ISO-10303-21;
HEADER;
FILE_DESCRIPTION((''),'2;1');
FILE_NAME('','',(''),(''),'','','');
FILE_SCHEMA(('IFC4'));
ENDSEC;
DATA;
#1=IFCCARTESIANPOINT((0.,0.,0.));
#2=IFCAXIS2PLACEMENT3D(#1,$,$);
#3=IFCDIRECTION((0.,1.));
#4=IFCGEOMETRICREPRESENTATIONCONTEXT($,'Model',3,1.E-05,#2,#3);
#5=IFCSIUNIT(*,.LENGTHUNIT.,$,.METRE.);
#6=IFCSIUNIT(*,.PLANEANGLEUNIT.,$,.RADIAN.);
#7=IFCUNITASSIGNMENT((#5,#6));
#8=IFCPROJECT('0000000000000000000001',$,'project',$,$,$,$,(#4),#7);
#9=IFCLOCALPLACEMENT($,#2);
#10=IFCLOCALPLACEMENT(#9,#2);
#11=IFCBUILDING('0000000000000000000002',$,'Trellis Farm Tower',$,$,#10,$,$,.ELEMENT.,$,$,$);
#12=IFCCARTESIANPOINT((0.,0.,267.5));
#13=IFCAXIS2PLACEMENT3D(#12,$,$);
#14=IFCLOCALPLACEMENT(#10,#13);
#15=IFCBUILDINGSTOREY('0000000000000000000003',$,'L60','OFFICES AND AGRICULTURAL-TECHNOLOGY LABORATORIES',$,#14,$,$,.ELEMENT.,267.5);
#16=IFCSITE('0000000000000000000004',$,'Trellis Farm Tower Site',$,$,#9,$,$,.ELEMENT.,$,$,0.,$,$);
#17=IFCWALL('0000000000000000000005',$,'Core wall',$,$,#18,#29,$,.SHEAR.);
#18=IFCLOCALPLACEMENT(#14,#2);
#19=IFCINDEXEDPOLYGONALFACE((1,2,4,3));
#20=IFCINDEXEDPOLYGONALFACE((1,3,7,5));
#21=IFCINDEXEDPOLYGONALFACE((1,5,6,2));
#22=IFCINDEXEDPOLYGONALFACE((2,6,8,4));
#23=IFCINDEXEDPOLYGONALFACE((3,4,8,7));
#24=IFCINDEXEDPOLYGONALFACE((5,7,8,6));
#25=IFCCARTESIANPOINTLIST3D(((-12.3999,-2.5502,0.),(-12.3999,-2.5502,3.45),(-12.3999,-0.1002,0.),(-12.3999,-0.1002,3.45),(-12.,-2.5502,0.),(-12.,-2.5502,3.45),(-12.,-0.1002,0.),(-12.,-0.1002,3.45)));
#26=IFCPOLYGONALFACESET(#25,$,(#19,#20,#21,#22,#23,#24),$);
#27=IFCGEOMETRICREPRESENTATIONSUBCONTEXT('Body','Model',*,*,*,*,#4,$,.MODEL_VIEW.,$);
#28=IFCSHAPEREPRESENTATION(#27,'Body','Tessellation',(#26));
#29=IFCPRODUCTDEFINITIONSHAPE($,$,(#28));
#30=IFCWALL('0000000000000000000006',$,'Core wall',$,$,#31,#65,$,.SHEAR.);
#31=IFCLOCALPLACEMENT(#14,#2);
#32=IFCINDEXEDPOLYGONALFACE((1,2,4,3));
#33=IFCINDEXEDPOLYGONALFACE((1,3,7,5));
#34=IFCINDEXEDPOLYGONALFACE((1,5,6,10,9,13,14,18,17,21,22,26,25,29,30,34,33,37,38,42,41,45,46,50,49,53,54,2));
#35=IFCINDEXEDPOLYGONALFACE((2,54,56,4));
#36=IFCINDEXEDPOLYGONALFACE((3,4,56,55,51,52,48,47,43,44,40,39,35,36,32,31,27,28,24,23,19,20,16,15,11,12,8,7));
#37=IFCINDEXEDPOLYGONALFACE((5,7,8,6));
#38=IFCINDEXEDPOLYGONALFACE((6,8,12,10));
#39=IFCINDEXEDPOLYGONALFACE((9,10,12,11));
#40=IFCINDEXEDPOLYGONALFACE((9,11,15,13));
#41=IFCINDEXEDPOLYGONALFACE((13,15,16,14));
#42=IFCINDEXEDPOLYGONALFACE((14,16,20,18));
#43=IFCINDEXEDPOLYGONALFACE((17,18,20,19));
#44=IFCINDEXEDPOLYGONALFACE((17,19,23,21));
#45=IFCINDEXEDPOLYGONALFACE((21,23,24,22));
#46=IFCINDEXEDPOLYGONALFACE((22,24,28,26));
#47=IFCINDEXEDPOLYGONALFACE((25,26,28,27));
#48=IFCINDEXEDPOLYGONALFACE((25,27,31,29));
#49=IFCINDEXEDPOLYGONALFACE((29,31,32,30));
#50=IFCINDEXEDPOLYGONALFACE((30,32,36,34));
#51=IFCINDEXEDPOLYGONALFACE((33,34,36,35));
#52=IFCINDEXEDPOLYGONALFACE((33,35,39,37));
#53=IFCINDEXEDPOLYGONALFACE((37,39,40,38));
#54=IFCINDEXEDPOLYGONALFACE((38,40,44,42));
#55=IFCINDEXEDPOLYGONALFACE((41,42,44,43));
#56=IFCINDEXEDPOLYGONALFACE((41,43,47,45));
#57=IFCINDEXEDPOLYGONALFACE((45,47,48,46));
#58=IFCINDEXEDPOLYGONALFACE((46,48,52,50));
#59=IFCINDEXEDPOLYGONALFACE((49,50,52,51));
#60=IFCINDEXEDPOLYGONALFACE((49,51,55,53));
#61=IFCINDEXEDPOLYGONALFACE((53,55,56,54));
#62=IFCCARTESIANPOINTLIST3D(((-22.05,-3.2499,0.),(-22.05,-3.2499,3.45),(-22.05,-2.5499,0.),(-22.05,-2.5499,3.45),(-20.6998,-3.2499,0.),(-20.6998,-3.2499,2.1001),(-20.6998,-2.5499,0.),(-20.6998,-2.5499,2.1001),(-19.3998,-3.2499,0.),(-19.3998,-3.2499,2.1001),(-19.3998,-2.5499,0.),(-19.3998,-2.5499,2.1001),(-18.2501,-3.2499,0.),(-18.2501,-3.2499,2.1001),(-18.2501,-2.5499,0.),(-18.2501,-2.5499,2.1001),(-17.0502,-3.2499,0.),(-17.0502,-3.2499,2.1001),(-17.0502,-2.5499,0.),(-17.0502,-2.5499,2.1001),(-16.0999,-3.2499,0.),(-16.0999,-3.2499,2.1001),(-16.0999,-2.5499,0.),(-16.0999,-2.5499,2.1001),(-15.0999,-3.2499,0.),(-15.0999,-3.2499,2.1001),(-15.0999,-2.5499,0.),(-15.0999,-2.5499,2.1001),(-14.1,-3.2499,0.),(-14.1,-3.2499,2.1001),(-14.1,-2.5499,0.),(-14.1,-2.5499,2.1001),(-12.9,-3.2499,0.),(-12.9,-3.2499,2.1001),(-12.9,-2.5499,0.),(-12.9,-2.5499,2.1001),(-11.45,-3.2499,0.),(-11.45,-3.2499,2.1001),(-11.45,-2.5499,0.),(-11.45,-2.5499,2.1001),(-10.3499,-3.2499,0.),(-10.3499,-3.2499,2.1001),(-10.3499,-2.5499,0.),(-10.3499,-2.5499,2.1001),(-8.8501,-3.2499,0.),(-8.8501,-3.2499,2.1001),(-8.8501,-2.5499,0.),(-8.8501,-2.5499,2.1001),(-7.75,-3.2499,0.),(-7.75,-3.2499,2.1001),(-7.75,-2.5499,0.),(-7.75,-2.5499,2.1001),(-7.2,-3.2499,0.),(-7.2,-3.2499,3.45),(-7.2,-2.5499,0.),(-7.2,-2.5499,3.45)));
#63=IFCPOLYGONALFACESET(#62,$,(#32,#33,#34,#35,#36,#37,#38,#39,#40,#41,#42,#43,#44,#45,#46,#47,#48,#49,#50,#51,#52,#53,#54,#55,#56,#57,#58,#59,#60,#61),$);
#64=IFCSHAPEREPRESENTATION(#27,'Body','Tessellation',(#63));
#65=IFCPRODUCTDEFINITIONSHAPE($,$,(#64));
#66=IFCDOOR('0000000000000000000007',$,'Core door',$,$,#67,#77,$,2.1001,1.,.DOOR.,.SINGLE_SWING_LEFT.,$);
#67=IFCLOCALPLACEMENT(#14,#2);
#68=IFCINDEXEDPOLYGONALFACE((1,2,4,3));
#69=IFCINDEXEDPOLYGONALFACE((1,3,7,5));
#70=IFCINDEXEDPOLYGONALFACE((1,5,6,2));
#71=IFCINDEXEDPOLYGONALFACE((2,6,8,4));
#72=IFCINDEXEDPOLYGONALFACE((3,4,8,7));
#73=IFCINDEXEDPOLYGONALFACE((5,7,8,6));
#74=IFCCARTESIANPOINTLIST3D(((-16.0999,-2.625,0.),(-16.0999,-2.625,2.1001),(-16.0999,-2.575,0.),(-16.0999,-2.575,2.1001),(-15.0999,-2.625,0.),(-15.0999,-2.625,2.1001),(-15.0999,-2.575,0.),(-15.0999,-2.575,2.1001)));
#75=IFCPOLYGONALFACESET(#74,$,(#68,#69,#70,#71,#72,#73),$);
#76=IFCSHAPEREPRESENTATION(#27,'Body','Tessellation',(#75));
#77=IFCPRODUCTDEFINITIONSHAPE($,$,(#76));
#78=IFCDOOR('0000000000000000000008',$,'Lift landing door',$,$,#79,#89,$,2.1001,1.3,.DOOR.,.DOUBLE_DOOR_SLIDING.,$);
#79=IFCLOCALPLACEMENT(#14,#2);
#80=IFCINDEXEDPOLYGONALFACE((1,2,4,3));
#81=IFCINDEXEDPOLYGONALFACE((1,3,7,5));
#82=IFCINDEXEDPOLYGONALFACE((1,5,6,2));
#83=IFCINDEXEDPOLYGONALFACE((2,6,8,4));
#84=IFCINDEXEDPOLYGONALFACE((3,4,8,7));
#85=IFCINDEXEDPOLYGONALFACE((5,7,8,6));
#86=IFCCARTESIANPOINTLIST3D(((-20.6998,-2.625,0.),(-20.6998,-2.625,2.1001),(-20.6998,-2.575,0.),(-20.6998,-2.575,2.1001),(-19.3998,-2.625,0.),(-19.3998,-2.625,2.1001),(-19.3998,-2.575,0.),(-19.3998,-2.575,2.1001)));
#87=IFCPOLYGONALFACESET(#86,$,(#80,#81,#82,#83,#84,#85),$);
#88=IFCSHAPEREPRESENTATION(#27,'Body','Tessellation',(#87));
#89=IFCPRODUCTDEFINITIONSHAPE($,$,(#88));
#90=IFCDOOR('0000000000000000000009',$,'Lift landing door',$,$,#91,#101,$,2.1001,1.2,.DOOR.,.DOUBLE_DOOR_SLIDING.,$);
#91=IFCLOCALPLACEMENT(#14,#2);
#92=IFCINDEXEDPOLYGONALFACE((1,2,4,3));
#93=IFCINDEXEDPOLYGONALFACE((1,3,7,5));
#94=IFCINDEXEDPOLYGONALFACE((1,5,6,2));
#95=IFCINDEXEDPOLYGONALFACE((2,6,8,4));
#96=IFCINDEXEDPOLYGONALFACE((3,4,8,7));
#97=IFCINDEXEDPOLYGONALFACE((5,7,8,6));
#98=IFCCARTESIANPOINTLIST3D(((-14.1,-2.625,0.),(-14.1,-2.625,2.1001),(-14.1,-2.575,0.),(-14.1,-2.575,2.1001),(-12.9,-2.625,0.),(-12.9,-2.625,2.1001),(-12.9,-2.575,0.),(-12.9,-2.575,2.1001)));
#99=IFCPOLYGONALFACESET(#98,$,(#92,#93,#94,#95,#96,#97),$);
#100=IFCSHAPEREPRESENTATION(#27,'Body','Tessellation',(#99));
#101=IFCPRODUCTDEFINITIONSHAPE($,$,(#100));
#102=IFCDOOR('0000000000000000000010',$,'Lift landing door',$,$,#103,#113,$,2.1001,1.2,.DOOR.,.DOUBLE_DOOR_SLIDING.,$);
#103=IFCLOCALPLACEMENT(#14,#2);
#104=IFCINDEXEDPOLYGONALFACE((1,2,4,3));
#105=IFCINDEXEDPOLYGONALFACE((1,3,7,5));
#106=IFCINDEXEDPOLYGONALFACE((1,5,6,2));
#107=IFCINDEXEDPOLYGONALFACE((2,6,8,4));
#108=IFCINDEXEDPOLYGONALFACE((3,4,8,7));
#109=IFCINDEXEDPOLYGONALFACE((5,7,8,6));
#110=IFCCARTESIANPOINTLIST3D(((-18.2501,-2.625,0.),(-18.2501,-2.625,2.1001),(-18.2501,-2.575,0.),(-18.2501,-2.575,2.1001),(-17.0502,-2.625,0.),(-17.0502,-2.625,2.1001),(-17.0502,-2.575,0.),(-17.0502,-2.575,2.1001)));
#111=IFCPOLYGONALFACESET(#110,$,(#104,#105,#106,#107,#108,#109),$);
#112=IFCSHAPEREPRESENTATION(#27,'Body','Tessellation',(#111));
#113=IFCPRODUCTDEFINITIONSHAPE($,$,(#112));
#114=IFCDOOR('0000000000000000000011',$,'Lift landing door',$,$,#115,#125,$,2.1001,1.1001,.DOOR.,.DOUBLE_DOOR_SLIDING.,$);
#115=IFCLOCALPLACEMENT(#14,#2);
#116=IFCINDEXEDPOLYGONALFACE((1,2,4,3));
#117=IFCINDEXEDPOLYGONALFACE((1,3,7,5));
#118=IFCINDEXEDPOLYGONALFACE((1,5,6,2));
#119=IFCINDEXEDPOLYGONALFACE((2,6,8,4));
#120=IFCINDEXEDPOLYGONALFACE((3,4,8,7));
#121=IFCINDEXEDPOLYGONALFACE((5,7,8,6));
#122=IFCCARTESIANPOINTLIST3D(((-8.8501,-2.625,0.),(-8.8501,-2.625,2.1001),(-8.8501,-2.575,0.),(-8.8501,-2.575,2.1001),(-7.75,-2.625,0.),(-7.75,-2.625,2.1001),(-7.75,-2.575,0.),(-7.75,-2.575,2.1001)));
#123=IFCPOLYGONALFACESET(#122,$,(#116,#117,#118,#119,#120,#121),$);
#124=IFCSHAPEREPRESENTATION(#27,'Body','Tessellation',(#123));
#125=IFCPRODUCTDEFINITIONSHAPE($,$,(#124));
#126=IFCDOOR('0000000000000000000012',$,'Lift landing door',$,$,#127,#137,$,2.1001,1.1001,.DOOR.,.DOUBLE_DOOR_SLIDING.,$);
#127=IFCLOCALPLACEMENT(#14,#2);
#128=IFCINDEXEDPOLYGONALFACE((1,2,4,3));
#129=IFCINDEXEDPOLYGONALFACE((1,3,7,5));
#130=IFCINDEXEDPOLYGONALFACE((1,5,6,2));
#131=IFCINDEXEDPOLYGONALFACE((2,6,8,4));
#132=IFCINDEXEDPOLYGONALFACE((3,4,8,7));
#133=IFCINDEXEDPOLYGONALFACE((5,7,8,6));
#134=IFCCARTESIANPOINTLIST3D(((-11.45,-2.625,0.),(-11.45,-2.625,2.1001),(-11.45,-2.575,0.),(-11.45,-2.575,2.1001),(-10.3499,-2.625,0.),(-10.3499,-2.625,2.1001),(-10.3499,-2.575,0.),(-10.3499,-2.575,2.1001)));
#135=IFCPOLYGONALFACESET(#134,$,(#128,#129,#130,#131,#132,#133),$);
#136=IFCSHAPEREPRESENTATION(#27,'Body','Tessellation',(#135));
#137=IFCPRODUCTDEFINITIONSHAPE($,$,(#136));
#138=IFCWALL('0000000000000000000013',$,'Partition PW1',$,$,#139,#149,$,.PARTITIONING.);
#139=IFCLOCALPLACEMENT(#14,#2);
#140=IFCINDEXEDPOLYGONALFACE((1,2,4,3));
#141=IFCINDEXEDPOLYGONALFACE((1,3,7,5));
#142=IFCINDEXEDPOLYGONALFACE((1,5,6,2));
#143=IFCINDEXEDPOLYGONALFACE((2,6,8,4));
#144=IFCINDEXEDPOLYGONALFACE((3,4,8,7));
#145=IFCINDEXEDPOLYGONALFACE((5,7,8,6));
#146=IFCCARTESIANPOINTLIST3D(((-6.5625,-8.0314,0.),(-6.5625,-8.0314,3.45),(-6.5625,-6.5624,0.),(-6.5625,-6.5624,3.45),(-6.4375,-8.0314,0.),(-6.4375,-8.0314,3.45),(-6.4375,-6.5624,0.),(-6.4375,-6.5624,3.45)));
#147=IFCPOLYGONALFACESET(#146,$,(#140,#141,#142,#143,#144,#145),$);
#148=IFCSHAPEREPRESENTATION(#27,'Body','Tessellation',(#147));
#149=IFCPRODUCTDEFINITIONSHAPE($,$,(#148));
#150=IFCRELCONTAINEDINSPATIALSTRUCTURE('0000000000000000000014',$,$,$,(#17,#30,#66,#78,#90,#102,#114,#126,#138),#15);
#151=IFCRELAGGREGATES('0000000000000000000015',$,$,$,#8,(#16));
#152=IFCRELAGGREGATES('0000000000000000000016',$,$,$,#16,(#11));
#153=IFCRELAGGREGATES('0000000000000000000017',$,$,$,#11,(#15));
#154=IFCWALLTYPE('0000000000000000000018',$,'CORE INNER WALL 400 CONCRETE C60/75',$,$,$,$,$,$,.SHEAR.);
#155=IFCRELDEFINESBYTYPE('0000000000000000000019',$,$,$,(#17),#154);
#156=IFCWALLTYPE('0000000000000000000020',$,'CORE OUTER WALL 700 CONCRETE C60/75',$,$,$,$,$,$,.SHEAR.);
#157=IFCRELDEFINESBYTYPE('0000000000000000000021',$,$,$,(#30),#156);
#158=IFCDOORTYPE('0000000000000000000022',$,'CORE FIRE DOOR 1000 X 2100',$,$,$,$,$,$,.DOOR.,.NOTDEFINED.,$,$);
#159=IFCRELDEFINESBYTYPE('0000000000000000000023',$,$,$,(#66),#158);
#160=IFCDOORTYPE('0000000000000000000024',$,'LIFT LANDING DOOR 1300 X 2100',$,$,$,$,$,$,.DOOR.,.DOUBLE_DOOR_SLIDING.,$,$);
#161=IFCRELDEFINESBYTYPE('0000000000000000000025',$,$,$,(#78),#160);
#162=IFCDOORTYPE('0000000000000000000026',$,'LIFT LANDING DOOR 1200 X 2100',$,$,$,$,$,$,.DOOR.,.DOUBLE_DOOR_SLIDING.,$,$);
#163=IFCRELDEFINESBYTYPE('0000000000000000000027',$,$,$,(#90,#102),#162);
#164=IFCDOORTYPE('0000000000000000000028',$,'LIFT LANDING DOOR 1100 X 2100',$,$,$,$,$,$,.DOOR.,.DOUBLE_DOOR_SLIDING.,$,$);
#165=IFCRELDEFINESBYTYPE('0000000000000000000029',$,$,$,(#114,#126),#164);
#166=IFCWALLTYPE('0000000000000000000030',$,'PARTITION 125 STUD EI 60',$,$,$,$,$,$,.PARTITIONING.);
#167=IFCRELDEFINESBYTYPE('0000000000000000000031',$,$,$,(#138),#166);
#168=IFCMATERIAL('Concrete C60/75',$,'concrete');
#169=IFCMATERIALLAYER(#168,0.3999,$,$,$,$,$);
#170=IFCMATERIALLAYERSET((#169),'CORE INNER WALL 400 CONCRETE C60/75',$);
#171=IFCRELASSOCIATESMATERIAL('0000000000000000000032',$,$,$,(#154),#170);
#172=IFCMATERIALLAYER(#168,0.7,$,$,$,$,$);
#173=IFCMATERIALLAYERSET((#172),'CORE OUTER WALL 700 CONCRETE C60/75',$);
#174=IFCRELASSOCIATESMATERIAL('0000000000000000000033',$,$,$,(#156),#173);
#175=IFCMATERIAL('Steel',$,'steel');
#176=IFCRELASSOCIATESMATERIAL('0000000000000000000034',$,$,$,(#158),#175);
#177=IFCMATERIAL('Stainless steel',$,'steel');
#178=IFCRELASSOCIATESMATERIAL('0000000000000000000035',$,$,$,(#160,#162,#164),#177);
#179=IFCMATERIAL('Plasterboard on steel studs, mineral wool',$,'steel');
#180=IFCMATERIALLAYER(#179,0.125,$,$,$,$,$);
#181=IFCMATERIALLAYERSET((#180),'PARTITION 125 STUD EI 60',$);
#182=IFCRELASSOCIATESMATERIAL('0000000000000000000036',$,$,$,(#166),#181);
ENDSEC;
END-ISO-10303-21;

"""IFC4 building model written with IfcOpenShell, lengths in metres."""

from ifc_helpers import new_model, si_unit, direction, frame, frame_2d, origin, place, context, subcontext, project, spatial, rectangle, extrude, source, transform, mapped, material, layer, layer_set, type_object, element, fill, save


model = new_model("IFC4")

# Units and contexts
model_context = context("Model", 3, precision=1e-05, world=origin(), true_north=direction((0.0, 1.0)))
body_context = subcontext(model_context, "Body", "Model", "MODEL_VIEW")
ifc_project = project(units=[si_unit("LENGTHUNIT", "METRE"), si_unit("PLANEANGLEUNIT", "RADIAN")], contexts=[model_context])

# Site, building, storey
site_placement = place(None, origin())
site = spatial("IfcSite", under=ifc_project, at=site_placement, Name="Trellis Farm Tower Site", CompositionType="ELEMENT", RefElevation=0.0)
building_placement = place(site_placement, origin())
building = spatial("IfcBuilding", under=site, at=building_placement, Name="Trellis Farm Tower", CompositionType="ELEMENT")
storey_placement = place(building_placement, frame((0.0, 0.0, 267.5)))
storey = spatial("IfcBuildingStorey", under=building, at=storey_placement, Name="L60", Description="OFFICES AND AGRICULTURAL-TECHNOLOGY LABORATORIES", CompositionType="ELEMENT", Elevation=267.5)

# Shared definitions
ifc_material_1 = material(Name="Concrete C60/75", Category="concrete")

# Wall
ifc_layer_1 = layer(ifc_material_1, 0.3999)
ifc_layer_set_1 = layer_set([ifc_layer_1], Name="CORE INNER WALL 400 CONCRETE C60/75")
wall_type_1 = type_object("IfcWallType", Name="CORE INNER WALL 400 CONCRETE C60/75", PredefinedType="SHEAR", material=ifc_layer_set_1)
shared_shape_1 = source(origin(), body_context, "Body", "SweptSolid", [
    extrude(rectangle(XDim=2.45, YDim=0.3999, at=frame_2d((1.2251, 0.0))), origin(), (0.0, 0.0, 1.0), 3.45),
])
for number, where, z_axis, x_axis, name in (
    (1, (-12.2, -0.1001, 0.0), (0.0, 0.0, 1.0), (0.0, -1.0, 0.0), "Core wall"),
):
    element("IfcWall", number, at=place(storey_placement, frame(where, z_axis=z_axis, x_axis=x_axis)), inside=storey, type_object=wall_type_1, Name=name, PredefinedType="SHEAR", context=body_context, shape_type="MappedRepresentation", body=[
        mapped(shared_shape_1, transform((0.0, 0.0, 0.0))),
    ])

# Wall, openings, doors
ifc_layer_2 = layer(ifc_material_1, 0.7)
ifc_layer_set_2 = layer_set([ifc_layer_2], Name="CORE OUTER WALL 700 CONCRETE C60/75")
wall_type_2 = type_object("IfcWallType", Name="CORE OUTER WALL 700 CONCRETE C60/75", PredefinedType="SHEAR", material=ifc_layer_set_2)
shared_shape_2 = source(origin(), body_context, "Body", "SweptSolid", [
    extrude(rectangle(XDim=14.8501, YDim=0.7, at=frame_2d((7.425, 0.0))), origin(), (0.0, 0.0, 1.0), 3.45),
])
wall_1_placement = place(storey_placement, frame((-7.2, -2.8999, 0.0), z_axis=(0.0, 0.0, 1.0), x_axis=(-1.0, 0.0, 0.0)))
wall_1 = element("IfcWall", 2, at=wall_1_placement, inside=storey, type_object=wall_type_2, Name="Core wall", PredefinedType="SHEAR", context=body_context, shape_type="MappedRepresentation", body=[
    mapped(shared_shape_2, transform((0.0, 0.0, 0.0))),
])
shared_shape_3 = source(origin(), body_context, "Body", "SweptSolid", [
    extrude(rectangle(XDim=1.1001, YDim=2.1001, at=frame_2d((0.55, 1.05))), frame((0.0, 0.3601, 0.0), z_axis=(0.0, -1.0, 0.0), x_axis=(1.0, 0.0, 0.0)), (0.0, 0.0, 1.0), 0.7202),
])
opening_1_placement = place(wall_1_placement, frame((0.55, 0.0, 0.0)))
opening_1 = element("IfcOpeningElement", 3, at=opening_1_placement, cuts=wall_1, PredefinedType="OPENING", context=body_context, shape_type="MappedRepresentation", body=[
    mapped(shared_shape_3, transform((0.0, 0.0, 0.0))),
])
opening_2_placement = place(wall_1_placement, frame((3.1499, 0.0, 0.0)))
opening_2 = element("IfcOpeningElement", 4, at=opening_2_placement, cuts=wall_1, PredefinedType="OPENING", context=body_context, shape_type="MappedRepresentation", body=[
    mapped(shared_shape_3, transform((0.0, 0.0, 0.0))),
])
shared_shape_4 = source(origin(), body_context, "Body", "SweptSolid", [
    extrude(rectangle(XDim=1.2, YDim=2.1001, at=frame_2d((0.6001, 1.05))), frame((0.0, 0.3601, 0.0), z_axis=(0.0, -1.0, 0.0), x_axis=(1.0, 0.0, 0.0)), (0.0, 0.0, 1.0), 0.7202),
])
opening_3_placement = place(wall_1_placement, frame((5.7, 0.0, 0.0)))
opening_3 = element("IfcOpeningElement", 5, at=opening_3_placement, cuts=wall_1, PredefinedType="OPENING", context=body_context, shape_type="MappedRepresentation", body=[
    mapped(shared_shape_4, transform((0.0, 0.0, 0.0))),
])
shared_shape_5 = source(origin(), body_context, "Body", "SweptSolid", [
    extrude(rectangle(XDim=1.3, YDim=2.1001, at=frame_2d((0.6499, 1.05))), frame((0.0, 0.3601, 0.0), z_axis=(0.0, -1.0, 0.0), x_axis=(1.0, 0.0, 0.0)), (0.0, 0.0, 1.0), 0.7202),
])
opening_4_placement = place(wall_1_placement, frame((12.2, 0.0, 0.0)))
opening_4 = element("IfcOpeningElement", 6, at=opening_4_placement, cuts=wall_1, PredefinedType="OPENING", context=body_context, shape_type="MappedRepresentation", body=[
    mapped(shared_shape_5, transform((0.0, 0.0, 0.0))),
])
opening_5_placement = place(wall_1_placement, frame((9.8501, 0.0, 0.0)))
opening_5 = element("IfcOpeningElement", 7, at=opening_5_placement, cuts=wall_1, PredefinedType="OPENING", context=body_context, shape_type="MappedRepresentation", body=[
    mapped(shared_shape_4, transform((0.0, 0.0, 0.0))),
])
shared_shape_6 = source(origin(), body_context, "Body", "SweptSolid", [
    extrude(rectangle(XDim=1.0, YDim=2.1001, at=frame_2d((0.5, 1.05))), frame((0.0, 0.3601, 0.0), z_axis=(0.0, -1.0, 0.0), x_axis=(1.0, 0.0, 0.0)), (0.0, 0.0, 1.0), 0.7202),
])
opening_6_placement = place(wall_1_placement, frame((7.8999, 0.0, 0.0)))
opening_6 = element("IfcOpeningElement", 8, at=opening_6_placement, cuts=wall_1, PredefinedType="OPENING", context=body_context, shape_type="MappedRepresentation", body=[
    mapped(shared_shape_6, transform((0.0, 0.0, 0.0))),
])
ifc_material_2 = material(Name="Steel", Category="steel")
door_type_1 = type_object("IfcDoorType", Name="CORE FIRE DOOR 1000 X 2100", OperationType="NOTDEFINED", PredefinedType="DOOR", material=ifc_material_2)
shared_shape_7 = source(origin(), body_context, "Body", "SweptSolid", [
    extrude(rectangle(XDim=1.0, YDim=2.1001, at=frame_2d((0.5, 1.05))), frame((0.0, -0.2749, 0.0), z_axis=(0.0, -1.0, 0.0), x_axis=(1.0, 0.0, 0.0)), (0.0, 0.0, 1.0), 0.05),
])
door_1_placement = place(opening_6_placement, origin())
door_1 = element("IfcDoor", 9, at=door_1_placement, inside=storey, type_object=door_type_1, Name="Core door", OperationType="SINGLE_SWING_LEFT", OverallHeight=2.1001, OverallWidth=1.0, PredefinedType="DOOR", context=body_context, shape_type="MappedRepresentation", body=[
    mapped(shared_shape_7, transform((0.0, 0.0, 0.0))),
])
fill(opening_6, door_1)
ifc_material_3 = material(Name="Stainless steel", Category="steel")
door_type_2 = type_object("IfcDoorType", Name="LIFT LANDING DOOR 1300 X 2100", OperationType="DOUBLE_DOOR_SLIDING", PredefinedType="DOOR", material=ifc_material_3)
shared_shape_8 = source(origin(), body_context, "Body", "SweptSolid", [
    extrude(rectangle(XDim=1.3, YDim=2.1001, at=frame_2d((0.6499, 1.05))), frame((0.0, -0.2749, 0.0), z_axis=(0.0, -1.0, 0.0), x_axis=(1.0, 0.0, 0.0)), (0.0, 0.0, 1.0), 0.05),
])
door_2_placement = place(opening_4_placement, origin())
door_2 = element("IfcDoor", 10, at=door_2_placement, inside=storey, type_object=door_type_2, Name="Lift landing door", OperationType="DOUBLE_DOOR_SLIDING", OverallHeight=2.1001, OverallWidth=1.3, PredefinedType="DOOR", context=body_context, shape_type="MappedRepresentation", body=[
    mapped(shared_shape_8, transform((0.0, 0.0, 0.0))),
])
fill(opening_4, door_2)
door_type_3 = type_object("IfcDoorType", Name="LIFT LANDING DOOR 1200 X 2100", OperationType="DOUBLE_DOOR_SLIDING", PredefinedType="DOOR", material=ifc_material_3)
shared_shape_9 = source(origin(), body_context, "Body", "SweptSolid", [
    extrude(rectangle(XDim=1.2, YDim=2.1001, at=frame_2d((0.6001, 1.05))), frame((0.0, -0.2749, 0.0), z_axis=(0.0, -1.0, 0.0), x_axis=(1.0, 0.0, 0.0)), (0.0, 0.0, 1.0), 0.05),
])
door_3_placement = place(opening_3_placement, origin())
door_3 = element("IfcDoor", 11, at=door_3_placement, inside=storey, type_object=door_type_3, Name="Lift landing door", OperationType="DOUBLE_DOOR_SLIDING", OverallHeight=2.1001, OverallWidth=1.2, PredefinedType="DOOR", context=body_context, shape_type="MappedRepresentation", body=[
    mapped(shared_shape_9, transform((0.0, 0.0, 0.0))),
])
fill(opening_3, door_3)
door_4_placement = place(opening_5_placement, origin())
door_4 = element("IfcDoor", 12, at=door_4_placement, inside=storey, type_object=door_type_3, Name="Lift landing door", OperationType="DOUBLE_DOOR_SLIDING", OverallHeight=2.1001, OverallWidth=1.2, PredefinedType="DOOR", context=body_context, shape_type="MappedRepresentation", body=[
    mapped(shared_shape_9, transform((0.0, 0.0, 0.0))),
])
fill(opening_5, door_4)
door_type_4 = type_object("IfcDoorType", Name="LIFT LANDING DOOR 1100 X 2100", OperationType="DOUBLE_DOOR_SLIDING", PredefinedType="DOOR", material=ifc_material_3)
shared_shape_10 = source(origin(), body_context, "Body", "SweptSolid", [
    extrude(rectangle(XDim=1.1001, YDim=2.1001, at=frame_2d((0.55, 1.05))), frame((0.0, -0.2749, 0.0), z_axis=(0.0, -1.0, 0.0), x_axis=(1.0, 0.0, 0.0)), (0.0, 0.0, 1.0), 0.05),
])
door_5_placement = place(opening_1_placement, origin())
door_5 = element("IfcDoor", 13, at=door_5_placement, inside=storey, type_object=door_type_4, Name="Lift landing door", OperationType="DOUBLE_DOOR_SLIDING", OverallHeight=2.1001, OverallWidth=1.1001, PredefinedType="DOOR", context=body_context, shape_type="MappedRepresentation", body=[
    mapped(shared_shape_10, transform((0.0, 0.0, 0.0))),
])
fill(opening_1, door_5)
door_6_placement = place(opening_2_placement, origin())
door_6 = element("IfcDoor", 14, at=door_6_placement, inside=storey, type_object=door_type_4, Name="Lift landing door", OperationType="DOUBLE_DOOR_SLIDING", OverallHeight=2.1001, OverallWidth=1.1001, PredefinedType="DOOR", context=body_context, shape_type="MappedRepresentation", body=[
    mapped(shared_shape_10, transform((0.0, 0.0, 0.0))),
])
fill(opening_2, door_6)

# Wall
ifc_material_4 = material(Name="Plasterboard on steel studs, mineral wool", Category="steel")
ifc_layer_3 = layer(ifc_material_4, 0.125)
ifc_layer_set_3 = layer_set([ifc_layer_3], Name="PARTITION 125 STUD EI 60")
wall_type_3 = type_object("IfcWallType", Name="PARTITION 125 STUD EI 60", PredefinedType="PARTITIONING", material=ifc_layer_set_3)
shared_shape_11 = source(origin(), body_context, "Body", "SweptSolid", [
    extrude(rectangle(XDim=1.469, YDim=0.125, at=frame_2d((0.7344, 0.0))), origin(), (0.0, 0.0, 1.0), 3.45),
])
wall_2_placement = place(storey_placement, frame((-6.5, -6.5625, 0.0), z_axis=(0.0, 0.0, 1.0), x_axis=(0.0, -1.0, 0.0)))
element("IfcWall", 15, at=wall_2_placement, inside=storey, type_object=wall_type_3, Name="Partition PW1", PredefinedType="PARTITIONING", context=body_context, shape_type="MappedRepresentation", body=[
    mapped(shared_shape_11, transform((0.0, 0.0, 0.0))),
])

save(model, "model.ifc")
